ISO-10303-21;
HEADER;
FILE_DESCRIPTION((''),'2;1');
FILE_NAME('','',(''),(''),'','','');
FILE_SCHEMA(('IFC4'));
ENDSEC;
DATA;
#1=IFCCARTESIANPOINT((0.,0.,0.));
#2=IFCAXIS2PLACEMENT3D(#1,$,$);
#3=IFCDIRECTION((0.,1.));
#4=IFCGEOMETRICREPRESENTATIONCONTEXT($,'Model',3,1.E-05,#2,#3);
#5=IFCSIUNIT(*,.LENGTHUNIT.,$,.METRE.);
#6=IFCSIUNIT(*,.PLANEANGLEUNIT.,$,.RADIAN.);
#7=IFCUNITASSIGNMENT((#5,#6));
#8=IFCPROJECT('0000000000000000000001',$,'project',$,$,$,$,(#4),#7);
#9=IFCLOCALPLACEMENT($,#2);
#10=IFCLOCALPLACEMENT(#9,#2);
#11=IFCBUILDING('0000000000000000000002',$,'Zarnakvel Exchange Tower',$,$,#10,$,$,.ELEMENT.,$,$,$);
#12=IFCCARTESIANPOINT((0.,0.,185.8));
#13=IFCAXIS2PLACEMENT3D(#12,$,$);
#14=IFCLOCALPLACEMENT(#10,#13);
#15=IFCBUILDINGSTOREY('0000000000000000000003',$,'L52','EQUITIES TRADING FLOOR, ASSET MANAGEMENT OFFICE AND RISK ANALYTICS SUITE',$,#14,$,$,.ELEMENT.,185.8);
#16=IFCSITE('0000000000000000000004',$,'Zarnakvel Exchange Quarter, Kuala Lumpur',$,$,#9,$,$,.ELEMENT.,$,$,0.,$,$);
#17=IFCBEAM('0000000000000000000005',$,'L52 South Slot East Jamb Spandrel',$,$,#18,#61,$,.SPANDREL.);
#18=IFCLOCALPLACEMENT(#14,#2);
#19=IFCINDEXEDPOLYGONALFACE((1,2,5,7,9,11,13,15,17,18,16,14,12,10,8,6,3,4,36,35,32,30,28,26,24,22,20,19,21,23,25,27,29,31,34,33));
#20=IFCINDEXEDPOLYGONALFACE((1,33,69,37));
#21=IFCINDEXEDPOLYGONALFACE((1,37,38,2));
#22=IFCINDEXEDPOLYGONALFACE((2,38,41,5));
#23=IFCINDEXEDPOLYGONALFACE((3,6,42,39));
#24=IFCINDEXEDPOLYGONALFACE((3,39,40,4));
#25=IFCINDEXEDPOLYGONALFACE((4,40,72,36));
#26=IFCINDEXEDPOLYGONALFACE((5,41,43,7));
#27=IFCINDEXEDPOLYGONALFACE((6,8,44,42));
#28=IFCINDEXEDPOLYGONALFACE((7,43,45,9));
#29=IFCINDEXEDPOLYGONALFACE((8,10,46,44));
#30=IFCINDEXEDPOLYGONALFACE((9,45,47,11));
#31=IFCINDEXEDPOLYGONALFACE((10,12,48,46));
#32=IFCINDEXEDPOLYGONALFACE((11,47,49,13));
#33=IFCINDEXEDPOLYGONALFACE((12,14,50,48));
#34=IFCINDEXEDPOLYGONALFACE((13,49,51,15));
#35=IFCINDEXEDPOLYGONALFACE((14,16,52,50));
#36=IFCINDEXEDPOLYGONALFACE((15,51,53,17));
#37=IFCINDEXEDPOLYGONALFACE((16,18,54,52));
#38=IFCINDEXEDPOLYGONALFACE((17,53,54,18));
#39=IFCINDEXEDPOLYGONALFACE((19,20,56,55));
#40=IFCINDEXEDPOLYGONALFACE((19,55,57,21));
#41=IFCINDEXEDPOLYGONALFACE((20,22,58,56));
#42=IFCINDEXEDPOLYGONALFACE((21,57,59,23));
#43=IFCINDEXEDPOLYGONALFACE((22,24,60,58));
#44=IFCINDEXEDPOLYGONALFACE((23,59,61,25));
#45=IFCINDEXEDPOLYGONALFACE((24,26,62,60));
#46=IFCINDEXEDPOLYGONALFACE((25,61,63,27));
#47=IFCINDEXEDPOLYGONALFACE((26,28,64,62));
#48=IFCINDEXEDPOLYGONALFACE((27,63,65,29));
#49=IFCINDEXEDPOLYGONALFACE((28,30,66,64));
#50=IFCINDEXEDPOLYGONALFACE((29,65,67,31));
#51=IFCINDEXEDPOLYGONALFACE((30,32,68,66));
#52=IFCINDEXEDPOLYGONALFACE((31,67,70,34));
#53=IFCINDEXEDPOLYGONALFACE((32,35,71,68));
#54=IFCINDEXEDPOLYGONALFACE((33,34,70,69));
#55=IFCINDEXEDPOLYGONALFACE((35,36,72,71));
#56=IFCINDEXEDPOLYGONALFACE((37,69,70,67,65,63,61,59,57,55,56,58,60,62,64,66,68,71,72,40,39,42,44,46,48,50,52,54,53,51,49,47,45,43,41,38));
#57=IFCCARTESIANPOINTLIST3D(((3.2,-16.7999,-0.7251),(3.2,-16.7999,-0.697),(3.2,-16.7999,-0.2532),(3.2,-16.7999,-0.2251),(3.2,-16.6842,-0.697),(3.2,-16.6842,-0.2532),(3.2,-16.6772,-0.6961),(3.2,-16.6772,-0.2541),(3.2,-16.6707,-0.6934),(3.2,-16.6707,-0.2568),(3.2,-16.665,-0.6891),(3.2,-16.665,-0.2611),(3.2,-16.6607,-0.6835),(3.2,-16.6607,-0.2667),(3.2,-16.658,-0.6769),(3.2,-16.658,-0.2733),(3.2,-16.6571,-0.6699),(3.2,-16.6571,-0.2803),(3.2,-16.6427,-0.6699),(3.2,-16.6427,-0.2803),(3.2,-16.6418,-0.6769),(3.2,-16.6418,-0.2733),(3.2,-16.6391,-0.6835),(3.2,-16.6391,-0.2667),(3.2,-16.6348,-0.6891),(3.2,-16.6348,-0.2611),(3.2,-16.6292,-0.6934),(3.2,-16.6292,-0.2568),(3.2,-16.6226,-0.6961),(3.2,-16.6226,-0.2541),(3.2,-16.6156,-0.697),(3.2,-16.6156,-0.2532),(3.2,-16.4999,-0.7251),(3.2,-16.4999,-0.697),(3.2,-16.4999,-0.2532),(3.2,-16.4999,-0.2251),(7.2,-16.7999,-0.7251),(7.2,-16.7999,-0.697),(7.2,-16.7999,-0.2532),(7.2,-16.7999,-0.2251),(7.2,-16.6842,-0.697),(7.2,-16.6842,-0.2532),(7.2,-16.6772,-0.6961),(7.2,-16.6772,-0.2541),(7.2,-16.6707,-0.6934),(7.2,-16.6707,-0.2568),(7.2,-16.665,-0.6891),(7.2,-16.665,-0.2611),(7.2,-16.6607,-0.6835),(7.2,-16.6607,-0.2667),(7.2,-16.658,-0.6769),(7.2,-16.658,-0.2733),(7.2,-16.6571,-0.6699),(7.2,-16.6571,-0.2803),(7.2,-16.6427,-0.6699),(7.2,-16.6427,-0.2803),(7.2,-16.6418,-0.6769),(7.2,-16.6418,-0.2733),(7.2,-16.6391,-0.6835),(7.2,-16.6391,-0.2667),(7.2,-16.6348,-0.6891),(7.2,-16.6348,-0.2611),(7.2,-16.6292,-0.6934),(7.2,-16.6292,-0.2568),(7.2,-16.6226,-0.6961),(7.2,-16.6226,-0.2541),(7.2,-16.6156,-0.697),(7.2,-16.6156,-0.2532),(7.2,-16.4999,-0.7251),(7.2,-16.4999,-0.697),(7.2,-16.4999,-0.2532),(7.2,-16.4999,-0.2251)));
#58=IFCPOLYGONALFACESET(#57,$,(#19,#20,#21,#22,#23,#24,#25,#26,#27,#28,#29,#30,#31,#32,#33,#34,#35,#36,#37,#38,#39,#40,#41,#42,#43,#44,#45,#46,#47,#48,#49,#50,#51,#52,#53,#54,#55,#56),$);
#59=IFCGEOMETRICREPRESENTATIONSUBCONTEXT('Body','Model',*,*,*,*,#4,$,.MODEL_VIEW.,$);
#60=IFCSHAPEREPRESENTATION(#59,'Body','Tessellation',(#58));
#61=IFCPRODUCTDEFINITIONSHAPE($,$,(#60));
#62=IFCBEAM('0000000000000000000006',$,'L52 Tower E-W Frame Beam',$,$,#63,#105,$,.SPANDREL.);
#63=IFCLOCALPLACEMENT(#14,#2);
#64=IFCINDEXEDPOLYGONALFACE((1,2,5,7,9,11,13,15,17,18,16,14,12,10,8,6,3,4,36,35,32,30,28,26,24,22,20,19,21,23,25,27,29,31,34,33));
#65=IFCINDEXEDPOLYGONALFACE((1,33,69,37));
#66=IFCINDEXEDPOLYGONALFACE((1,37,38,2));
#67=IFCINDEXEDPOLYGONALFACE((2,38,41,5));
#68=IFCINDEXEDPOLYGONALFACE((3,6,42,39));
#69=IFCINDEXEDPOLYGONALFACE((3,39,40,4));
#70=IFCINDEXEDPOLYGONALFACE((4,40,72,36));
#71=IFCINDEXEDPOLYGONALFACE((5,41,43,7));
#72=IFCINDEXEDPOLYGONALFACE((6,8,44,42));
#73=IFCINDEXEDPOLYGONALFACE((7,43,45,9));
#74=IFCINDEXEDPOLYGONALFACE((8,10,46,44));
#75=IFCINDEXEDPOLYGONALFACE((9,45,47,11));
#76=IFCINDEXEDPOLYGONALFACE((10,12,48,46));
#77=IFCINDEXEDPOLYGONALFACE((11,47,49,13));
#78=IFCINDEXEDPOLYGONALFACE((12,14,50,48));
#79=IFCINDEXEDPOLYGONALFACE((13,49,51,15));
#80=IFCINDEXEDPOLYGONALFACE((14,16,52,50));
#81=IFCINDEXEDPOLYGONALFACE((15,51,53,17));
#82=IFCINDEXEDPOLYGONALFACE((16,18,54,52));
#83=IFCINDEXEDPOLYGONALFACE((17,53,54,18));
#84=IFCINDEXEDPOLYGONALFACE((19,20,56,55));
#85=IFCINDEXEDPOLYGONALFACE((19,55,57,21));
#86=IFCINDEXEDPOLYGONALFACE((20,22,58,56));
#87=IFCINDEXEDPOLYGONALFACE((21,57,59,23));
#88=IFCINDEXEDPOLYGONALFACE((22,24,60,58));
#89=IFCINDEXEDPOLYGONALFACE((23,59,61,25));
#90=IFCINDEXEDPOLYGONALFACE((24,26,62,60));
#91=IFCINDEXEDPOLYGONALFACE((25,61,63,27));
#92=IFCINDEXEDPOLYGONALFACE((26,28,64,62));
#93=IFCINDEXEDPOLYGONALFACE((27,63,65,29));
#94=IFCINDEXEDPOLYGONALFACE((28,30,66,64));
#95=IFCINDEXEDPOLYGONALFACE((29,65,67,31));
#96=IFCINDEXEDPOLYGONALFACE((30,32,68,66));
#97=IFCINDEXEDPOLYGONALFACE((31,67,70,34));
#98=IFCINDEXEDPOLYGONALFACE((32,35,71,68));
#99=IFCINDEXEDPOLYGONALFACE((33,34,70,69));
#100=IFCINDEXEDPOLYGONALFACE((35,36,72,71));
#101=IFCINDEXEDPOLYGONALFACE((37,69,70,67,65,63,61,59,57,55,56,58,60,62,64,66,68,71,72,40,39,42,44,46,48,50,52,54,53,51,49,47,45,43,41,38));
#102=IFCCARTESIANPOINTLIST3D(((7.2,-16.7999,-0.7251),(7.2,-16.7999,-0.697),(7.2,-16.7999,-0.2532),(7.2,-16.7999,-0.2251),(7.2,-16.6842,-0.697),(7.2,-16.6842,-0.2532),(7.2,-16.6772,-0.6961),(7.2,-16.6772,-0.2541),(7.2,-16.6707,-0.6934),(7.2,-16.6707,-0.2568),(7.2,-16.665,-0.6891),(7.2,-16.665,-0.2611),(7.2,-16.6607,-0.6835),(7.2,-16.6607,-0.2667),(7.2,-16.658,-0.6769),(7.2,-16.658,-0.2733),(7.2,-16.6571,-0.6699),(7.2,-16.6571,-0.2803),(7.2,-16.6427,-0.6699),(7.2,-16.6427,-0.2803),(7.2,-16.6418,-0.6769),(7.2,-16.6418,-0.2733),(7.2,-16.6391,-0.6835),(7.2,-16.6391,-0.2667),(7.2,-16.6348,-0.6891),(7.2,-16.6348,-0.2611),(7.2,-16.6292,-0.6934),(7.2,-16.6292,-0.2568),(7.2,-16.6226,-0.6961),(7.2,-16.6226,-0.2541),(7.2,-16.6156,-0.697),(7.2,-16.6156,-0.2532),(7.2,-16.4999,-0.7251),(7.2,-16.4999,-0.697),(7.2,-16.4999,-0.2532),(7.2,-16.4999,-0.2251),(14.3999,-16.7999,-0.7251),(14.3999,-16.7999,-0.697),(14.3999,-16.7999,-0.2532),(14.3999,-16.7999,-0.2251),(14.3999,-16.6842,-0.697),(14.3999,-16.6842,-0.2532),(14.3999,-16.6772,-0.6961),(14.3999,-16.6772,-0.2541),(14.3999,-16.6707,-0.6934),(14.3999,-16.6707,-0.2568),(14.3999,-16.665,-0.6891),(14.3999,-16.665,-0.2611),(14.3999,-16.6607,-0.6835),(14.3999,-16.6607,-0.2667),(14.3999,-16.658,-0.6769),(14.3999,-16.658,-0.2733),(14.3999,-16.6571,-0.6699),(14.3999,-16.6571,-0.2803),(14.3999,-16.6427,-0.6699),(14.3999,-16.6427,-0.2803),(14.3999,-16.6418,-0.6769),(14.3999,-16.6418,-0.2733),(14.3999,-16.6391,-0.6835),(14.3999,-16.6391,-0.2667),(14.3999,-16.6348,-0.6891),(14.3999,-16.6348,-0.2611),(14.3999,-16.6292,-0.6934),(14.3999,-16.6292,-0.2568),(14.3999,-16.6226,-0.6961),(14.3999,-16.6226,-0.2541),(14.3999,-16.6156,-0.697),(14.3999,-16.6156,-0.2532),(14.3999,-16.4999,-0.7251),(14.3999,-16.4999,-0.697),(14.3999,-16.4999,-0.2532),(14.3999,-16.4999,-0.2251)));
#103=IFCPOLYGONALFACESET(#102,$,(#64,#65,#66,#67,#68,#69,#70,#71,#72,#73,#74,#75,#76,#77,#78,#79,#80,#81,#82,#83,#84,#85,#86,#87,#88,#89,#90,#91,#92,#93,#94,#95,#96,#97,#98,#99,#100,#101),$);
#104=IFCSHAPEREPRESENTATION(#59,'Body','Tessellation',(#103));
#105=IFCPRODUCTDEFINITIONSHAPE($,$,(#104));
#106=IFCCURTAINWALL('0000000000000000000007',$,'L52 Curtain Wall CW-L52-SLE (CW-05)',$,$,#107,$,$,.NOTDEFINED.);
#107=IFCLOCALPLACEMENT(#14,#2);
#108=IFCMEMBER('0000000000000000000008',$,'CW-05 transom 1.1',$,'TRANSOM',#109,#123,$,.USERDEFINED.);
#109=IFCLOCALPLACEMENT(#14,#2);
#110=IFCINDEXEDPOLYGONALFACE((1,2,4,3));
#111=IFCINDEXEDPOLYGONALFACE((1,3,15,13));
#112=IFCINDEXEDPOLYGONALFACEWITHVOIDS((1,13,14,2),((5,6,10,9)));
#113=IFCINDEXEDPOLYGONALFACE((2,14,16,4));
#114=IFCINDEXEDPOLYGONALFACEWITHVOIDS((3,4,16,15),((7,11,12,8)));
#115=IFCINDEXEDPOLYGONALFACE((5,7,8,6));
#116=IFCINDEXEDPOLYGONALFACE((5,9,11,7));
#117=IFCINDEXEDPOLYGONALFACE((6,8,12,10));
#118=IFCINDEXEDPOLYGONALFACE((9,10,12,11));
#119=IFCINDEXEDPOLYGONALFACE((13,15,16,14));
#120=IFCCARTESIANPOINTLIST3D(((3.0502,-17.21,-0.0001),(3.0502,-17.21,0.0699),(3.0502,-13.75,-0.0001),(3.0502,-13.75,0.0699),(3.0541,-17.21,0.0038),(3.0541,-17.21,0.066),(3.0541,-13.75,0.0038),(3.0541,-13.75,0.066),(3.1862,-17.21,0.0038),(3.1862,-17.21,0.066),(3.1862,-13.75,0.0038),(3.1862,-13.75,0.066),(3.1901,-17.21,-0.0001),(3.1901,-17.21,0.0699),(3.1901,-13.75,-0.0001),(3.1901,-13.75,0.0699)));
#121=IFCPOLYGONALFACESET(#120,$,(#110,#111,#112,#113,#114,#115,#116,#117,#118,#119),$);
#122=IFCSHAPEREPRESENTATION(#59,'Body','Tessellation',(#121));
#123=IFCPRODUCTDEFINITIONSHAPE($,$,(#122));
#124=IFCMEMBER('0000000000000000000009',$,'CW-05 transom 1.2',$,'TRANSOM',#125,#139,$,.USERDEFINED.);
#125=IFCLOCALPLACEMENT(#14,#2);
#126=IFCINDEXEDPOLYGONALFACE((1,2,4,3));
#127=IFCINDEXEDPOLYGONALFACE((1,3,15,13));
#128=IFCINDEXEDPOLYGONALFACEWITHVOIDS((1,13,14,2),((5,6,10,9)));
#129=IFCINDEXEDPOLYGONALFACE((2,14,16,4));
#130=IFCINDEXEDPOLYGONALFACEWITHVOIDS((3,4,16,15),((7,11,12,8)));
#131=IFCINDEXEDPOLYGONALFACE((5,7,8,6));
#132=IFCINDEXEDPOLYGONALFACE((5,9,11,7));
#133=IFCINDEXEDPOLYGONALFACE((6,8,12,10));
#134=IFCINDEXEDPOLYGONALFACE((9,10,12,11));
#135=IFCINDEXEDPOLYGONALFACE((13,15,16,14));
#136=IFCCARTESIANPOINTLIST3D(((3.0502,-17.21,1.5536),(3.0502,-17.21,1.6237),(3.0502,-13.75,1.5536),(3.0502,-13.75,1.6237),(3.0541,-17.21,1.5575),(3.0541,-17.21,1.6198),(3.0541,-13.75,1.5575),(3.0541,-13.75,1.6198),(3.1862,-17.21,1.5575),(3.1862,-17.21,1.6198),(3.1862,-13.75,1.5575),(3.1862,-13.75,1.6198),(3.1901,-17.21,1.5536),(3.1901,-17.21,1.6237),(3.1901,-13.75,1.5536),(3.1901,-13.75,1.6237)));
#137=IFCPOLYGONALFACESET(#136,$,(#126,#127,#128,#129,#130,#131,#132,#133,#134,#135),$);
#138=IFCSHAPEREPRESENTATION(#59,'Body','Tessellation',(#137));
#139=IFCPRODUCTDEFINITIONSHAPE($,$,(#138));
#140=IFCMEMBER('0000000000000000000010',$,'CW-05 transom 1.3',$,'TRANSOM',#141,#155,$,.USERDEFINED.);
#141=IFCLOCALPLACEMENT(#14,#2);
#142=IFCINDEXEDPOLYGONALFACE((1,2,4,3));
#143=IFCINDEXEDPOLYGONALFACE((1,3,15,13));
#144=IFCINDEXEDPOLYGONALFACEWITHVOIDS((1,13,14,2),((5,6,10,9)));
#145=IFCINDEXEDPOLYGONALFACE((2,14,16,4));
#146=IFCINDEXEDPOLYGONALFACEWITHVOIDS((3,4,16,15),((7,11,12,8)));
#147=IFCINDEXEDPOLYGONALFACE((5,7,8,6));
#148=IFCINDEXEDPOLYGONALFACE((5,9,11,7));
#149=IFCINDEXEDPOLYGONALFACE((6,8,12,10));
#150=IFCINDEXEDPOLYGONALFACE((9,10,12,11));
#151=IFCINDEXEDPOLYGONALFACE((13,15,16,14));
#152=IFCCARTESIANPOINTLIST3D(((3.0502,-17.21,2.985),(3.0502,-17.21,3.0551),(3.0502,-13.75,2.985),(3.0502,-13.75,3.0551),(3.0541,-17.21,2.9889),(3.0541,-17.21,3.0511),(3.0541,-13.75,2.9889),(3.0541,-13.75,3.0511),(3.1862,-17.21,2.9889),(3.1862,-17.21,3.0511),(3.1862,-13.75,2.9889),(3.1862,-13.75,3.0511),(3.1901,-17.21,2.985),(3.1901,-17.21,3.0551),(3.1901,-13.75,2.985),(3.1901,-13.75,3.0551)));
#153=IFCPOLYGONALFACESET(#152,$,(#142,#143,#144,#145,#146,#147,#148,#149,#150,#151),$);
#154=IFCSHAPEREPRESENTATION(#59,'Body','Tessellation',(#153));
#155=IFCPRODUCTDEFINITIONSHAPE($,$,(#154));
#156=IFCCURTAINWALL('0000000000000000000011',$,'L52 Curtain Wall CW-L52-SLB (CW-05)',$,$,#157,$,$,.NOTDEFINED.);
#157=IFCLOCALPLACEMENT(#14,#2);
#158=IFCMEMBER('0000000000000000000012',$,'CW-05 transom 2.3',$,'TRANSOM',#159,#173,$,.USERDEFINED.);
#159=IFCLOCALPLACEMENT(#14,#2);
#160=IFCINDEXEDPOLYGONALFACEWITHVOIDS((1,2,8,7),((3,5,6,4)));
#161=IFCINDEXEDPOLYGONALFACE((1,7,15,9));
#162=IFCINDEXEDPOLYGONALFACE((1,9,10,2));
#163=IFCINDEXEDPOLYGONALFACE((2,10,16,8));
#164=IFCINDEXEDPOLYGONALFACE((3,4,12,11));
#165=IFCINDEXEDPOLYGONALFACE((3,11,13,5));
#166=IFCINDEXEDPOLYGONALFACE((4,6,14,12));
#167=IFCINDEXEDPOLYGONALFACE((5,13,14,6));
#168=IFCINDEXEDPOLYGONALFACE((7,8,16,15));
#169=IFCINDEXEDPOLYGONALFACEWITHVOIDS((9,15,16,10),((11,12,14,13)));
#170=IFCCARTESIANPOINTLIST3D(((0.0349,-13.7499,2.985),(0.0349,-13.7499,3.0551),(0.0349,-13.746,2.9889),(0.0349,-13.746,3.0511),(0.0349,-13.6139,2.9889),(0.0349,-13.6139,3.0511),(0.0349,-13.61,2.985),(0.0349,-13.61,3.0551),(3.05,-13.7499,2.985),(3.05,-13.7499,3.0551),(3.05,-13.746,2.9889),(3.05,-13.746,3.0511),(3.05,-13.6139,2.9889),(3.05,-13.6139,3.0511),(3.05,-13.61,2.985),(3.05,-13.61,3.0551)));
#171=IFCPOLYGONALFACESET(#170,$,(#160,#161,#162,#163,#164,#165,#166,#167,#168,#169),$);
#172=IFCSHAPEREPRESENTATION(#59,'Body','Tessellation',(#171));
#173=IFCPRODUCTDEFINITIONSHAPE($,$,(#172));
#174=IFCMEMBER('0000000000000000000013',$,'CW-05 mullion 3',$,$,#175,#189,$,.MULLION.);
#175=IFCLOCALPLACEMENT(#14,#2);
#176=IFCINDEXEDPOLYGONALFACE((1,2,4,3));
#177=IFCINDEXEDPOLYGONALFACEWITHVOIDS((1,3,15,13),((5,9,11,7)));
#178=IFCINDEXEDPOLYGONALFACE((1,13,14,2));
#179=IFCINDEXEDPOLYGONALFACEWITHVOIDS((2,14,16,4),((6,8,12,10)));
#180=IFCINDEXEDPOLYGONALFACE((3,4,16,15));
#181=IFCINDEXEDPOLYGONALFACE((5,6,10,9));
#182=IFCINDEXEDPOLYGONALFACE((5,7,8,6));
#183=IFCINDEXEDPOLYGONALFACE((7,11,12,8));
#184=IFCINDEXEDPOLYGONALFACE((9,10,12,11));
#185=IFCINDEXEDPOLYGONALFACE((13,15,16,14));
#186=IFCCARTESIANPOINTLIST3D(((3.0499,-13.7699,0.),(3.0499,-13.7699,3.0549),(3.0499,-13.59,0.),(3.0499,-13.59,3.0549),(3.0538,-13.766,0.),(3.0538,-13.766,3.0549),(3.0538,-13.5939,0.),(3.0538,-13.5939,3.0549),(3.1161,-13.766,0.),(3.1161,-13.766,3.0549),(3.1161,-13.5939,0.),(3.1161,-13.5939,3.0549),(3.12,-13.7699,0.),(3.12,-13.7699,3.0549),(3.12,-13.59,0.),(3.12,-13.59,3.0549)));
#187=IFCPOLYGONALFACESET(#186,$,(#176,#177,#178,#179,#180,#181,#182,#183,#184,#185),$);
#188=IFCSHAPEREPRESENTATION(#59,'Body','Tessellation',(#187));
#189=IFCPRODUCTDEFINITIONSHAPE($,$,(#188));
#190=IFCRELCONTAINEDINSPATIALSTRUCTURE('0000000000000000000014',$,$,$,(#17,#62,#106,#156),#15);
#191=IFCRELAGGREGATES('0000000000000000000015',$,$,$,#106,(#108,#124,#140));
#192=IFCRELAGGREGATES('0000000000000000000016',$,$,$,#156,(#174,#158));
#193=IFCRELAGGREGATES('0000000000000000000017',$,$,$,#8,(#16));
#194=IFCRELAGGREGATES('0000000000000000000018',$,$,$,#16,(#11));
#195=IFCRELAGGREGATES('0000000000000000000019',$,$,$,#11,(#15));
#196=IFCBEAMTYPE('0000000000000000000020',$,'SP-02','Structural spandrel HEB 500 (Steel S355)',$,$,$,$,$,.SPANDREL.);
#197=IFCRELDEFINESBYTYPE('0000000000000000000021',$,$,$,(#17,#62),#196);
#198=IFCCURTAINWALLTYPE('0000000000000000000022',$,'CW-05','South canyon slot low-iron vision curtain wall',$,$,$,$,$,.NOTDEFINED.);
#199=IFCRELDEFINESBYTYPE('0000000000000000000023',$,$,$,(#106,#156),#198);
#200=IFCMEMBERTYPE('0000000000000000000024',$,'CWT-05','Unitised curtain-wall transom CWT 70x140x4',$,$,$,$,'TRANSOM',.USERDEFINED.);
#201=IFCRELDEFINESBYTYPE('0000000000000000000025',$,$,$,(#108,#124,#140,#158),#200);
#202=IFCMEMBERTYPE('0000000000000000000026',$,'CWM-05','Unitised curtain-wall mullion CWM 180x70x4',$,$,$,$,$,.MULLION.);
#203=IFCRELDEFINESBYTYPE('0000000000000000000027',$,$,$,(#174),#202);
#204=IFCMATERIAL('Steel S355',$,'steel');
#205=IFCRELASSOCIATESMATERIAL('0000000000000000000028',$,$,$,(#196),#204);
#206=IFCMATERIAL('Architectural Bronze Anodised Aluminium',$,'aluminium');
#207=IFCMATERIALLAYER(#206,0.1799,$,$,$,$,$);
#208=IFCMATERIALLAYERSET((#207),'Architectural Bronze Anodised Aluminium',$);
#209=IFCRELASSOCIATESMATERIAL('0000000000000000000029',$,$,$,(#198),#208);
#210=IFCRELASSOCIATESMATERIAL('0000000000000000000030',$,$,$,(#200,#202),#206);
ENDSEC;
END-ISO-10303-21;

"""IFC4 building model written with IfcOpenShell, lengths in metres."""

from ifc_helpers import new_model, si_unit, direction, frame, origin, origin_2d, place, context, subcontext, project, spatial, hollow_rectangle, i_section, extrude, source, transform, mapped, material, layer, layer_set, material_profile, profile_set, type_object, element, aggregate, save


model = new_model("IFC4")

# Units and contexts
model_context = context("Model", 3, precision=1e-05, world=origin(), true_north=direction((0.0, 1.0)))
body_context = subcontext(model_context, "Body", "Model", "MODEL_VIEW")
ifc_project = project(units=[si_unit("LENGTHUNIT", "METRE"), si_unit("PLANEANGLEUNIT", "RADIAN")], contexts=[model_context])

# Site, building, storey
site_placement = place(None, origin())
site = spatial("IfcSite", under=ifc_project, at=site_placement, Name="Zarnakvel Exchange Quarter, Kuala Lumpur", CompositionType="ELEMENT", RefElevation=0.0)
building_placement = place(site_placement, origin())
building = spatial("IfcBuilding", under=site, at=building_placement, Name="Zarnakvel Exchange Tower", CompositionType="ELEMENT")
storey_placement = place(building_placement, frame((0.0, 0.0, 185.8)))
storey = spatial("IfcBuildingStorey", under=building, at=storey_placement, Name="L52", Description="EQUITIES TRADING FLOOR, ASSET MANAGEMENT OFFICE AND RISK ANALYTICS SUITE", CompositionType="ELEMENT", Elevation=185.8)

# Beams
ifc_material_1 = material(Name="Steel S355", Category="steel")
ifc_material_profile_1 = material_profile(ifc_material_1, i_section(OverallWidth=0.3, OverallDepth=0.5, WebThickness=0.0144, FlangeThickness=0.0281, FilletRadius=0.0271, at=origin_2d()))
ifc_profile_set_1 = profile_set([ifc_material_profile_1], Name="Steel S355")
beam_type_1 = type_object("IfcBeamType", Name="SP-02", Description="Structural spandrel HEB 500 (Steel S355)", PredefinedType="SPANDREL", material=ifc_profile_set_1)
beam_1_placement = place(storey_placement, frame((3.2, -16.6499, -0.4751), z_axis=(1.0, 0.0, 0.0), x_axis=(0.0, 1.0, 0.0)))
element("IfcBeam", 1, at=beam_1_placement, inside=storey, type_object=beam_type_1, Name="L52 South Slot East Jamb Spandrel", PredefinedType="SPANDREL", context=body_context, shape_type="SweptSolid", body=[
    extrude(i_section(OverallWidth=0.3, OverallDepth=0.5, WebThickness=0.0144, FlangeThickness=0.0281, FilletRadius=0.0271, at=origin_2d()), origin(), (0.0, 0.0, 1.0), 4.0),
])
beam_2_placement = place(storey_placement, frame((7.2, -16.6499, -0.4751), z_axis=(1.0, 0.0, 0.0), x_axis=(0.0, 1.0, 0.0)))
element("IfcBeam", 2, at=beam_2_placement, inside=storey, type_object=beam_type_1, Name="L52 Tower E-W Frame Beam", PredefinedType="SPANDREL", context=body_context, shape_type="SweptSolid", body=[
    extrude(i_section(OverallWidth=0.3, OverallDepth=0.5, WebThickness=0.0144, FlangeThickness=0.0281, FilletRadius=0.0271, at=origin_2d()), origin(), (0.0, 0.0, 1.0), 7.2),
])

# Curtain walls, members
ifc_material_2 = material(Name="Architectural Bronze Anodised Aluminium", Category="aluminium")
ifc_layer_1 = layer(ifc_material_2, 0.1799)
ifc_layer_set_1 = layer_set([ifc_layer_1], Name="Architectural Bronze Anodised Aluminium")
curtain_wall_type = type_object("IfcCurtainWallType", Name="CW-05", Description="South canyon slot low-iron vision curtain wall", PredefinedType="NOTDEFINED", material=ifc_layer_set_1)
curtain_wall_1_placement = place(storey_placement, origin())
curtain_wall_1 = element("IfcCurtainWall", 3, at=curtain_wall_1_placement, inside=storey, type_object=curtain_wall_type, Name="L52 Curtain Wall CW-L52-SLE (CW-05)", PredefinedType="NOTDEFINED")
ifc_material_profile_2 = material_profile(ifc_material_2, hollow_rectangle(XDim=0.1399, YDim=0.0701, WallThickness=0.0039, at=origin_2d()))
ifc_profile_set_2 = profile_set([ifc_material_profile_2], Name="Architectural Bronze Anodised Aluminium")
member_type_1 = type_object("IfcMemberType", Name="CWT-05", Description="Unitised curtain-wall transom CWT 70x140x4", ElementType="TRANSOM", PredefinedType="USERDEFINED", material=ifc_profile_set_2)
shared_shape_1 = source(origin(), body_context, "Body", "SweptSolid", [
    extrude(hollow_rectangle(XDim=0.1399, YDim=0.0701, WallThickness=0.0039, at=origin_2d()), origin(), (0.0, 0.0, 1.0), 3.46),
])
member_1_placement = place(storey_placement, frame((3.1201, -13.75, 0.0349), z_axis=(0.0, -1.0, 0.0), x_axis=(1.0, 0.0, 0.0)))
member_1 = element("IfcMember", 4, at=member_1_placement, type_object=member_type_1, Name="CW-05 transom 1.1", ObjectType="TRANSOM", PredefinedType="USERDEFINED", context=body_context, shape_type="MappedRepresentation", body=[
    mapped(shared_shape_1, transform((0.0, 0.0, 0.0), x_axis=(1.0, 0.0, 0.0), y_axis=(0.0, 1.0, 0.0), z_axis=(0.0, 0.0, 1.0), scale=1.0)),
])
member_2_placement = place(storey_placement, frame((3.1201, -13.75, 1.5886), z_axis=(0.0, -1.0, 0.0), x_axis=(1.0, 0.0, 0.0)))
member_2 = element("IfcMember", 5, at=member_2_placement, type_object=member_type_1, Name="CW-05 transom 1.2", ObjectType="TRANSOM", PredefinedType="USERDEFINED", context=body_context, shape_type="MappedRepresentation", body=[
    mapped(shared_shape_1, transform((0.0, 0.0, 0.0), x_axis=(1.0, 0.0, 0.0), y_axis=(0.0, 1.0, 0.0), z_axis=(0.0, 0.0, 1.0), scale=1.0)),
])
member_3_placement = place(storey_placement, frame((3.1201, -13.75, 3.02), z_axis=(0.0, -1.0, 0.0), x_axis=(1.0, 0.0, 0.0)))
member_3 = element("IfcMember", 6, at=member_3_placement, type_object=member_type_1, Name="CW-05 transom 1.3", ObjectType="TRANSOM", PredefinedType="USERDEFINED", context=body_context, shape_type="MappedRepresentation", body=[
    mapped(shared_shape_1, transform((0.0, 0.0, 0.0), x_axis=(1.0, 0.0, 0.0), y_axis=(0.0, 1.0, 0.0), z_axis=(0.0, 0.0, 1.0), scale=1.0)),
])
curtain_wall_2_placement = place(storey_placement, origin())
curtain_wall_2 = element("IfcCurtainWall", 7, at=curtain_wall_2_placement, inside=storey, type_object=curtain_wall_type, Name="L52 Curtain Wall CW-L52-SLB (CW-05)", PredefinedType="NOTDEFINED")
shared_shape_2 = source(origin(), body_context, "Body", "SweptSolid", [
    extrude(hollow_rectangle(XDim=0.1399, YDim=0.0701, WallThickness=0.0039, at=origin_2d()), origin(), (0.0, 0.0, 1.0), 3.0151),
])
member_4_placement = place(storey_placement, frame((0.0349, -13.6799, 3.02), z_axis=(1.0, 0.0, 0.0), x_axis=(0.0, 1.0, 0.0)))
member_4 = element("IfcMember", 8, at=member_4_placement, type_object=member_type_1, Name="CW-05 transom 2.3", ObjectType="TRANSOM", PredefinedType="USERDEFINED", context=body_context, shape_type="MappedRepresentation", body=[
    mapped(shared_shape_2, transform((0.0, 0.0, 0.0), x_axis=(1.0, 0.0, 0.0), y_axis=(0.0, 1.0, 0.0), z_axis=(0.0, 0.0, 1.0), scale=1.0)),
])
ifc_material_profile_3 = material_profile(ifc_material_2, hollow_rectangle(XDim=0.1799, YDim=0.0701, WallThickness=0.0039, at=origin_2d()))
ifc_profile_set_3 = profile_set([ifc_material_profile_3], Name="Architectural Bronze Anodised Aluminium")
member_type_2 = type_object("IfcMemberType", Name="CWM-05", Description="Unitised curtain-wall mullion CWM 180x70x4", PredefinedType="MULLION", material=ifc_profile_set_3)
shared_shape_3 = source(origin(), body_context, "Body", "SweptSolid", [
    extrude(hollow_rectangle(XDim=0.1799, YDim=0.0701, WallThickness=0.0039, at=origin_2d()), origin(), (0.0, 0.0, 1.0), 3.0549),
])
member_5_placement = place(storey_placement, frame((3.085, -13.6799, 0.0), z_axis=(0.0, 0.0, 1.0), x_axis=(0.0, 1.0, 0.0)))
member_5 = element("IfcMember", 9, at=member_5_placement, type_object=member_type_2, Name="CW-05 mullion 3", PredefinedType="MULLION", context=body_context, shape_type="MappedRepresentation", body=[
    mapped(shared_shape_3, transform((0.0, 0.0, 0.0), x_axis=(1.0, 0.0, 0.0), y_axis=(0.0, 1.0, 0.0), z_axis=(0.0, 0.0, 1.0), scale=1.0)),
])

aggregate(curtain_wall_1, [member_1, member_2, member_3])
aggregate(curtain_wall_2, [member_5, member_4])

save(model, "model.ifc")
